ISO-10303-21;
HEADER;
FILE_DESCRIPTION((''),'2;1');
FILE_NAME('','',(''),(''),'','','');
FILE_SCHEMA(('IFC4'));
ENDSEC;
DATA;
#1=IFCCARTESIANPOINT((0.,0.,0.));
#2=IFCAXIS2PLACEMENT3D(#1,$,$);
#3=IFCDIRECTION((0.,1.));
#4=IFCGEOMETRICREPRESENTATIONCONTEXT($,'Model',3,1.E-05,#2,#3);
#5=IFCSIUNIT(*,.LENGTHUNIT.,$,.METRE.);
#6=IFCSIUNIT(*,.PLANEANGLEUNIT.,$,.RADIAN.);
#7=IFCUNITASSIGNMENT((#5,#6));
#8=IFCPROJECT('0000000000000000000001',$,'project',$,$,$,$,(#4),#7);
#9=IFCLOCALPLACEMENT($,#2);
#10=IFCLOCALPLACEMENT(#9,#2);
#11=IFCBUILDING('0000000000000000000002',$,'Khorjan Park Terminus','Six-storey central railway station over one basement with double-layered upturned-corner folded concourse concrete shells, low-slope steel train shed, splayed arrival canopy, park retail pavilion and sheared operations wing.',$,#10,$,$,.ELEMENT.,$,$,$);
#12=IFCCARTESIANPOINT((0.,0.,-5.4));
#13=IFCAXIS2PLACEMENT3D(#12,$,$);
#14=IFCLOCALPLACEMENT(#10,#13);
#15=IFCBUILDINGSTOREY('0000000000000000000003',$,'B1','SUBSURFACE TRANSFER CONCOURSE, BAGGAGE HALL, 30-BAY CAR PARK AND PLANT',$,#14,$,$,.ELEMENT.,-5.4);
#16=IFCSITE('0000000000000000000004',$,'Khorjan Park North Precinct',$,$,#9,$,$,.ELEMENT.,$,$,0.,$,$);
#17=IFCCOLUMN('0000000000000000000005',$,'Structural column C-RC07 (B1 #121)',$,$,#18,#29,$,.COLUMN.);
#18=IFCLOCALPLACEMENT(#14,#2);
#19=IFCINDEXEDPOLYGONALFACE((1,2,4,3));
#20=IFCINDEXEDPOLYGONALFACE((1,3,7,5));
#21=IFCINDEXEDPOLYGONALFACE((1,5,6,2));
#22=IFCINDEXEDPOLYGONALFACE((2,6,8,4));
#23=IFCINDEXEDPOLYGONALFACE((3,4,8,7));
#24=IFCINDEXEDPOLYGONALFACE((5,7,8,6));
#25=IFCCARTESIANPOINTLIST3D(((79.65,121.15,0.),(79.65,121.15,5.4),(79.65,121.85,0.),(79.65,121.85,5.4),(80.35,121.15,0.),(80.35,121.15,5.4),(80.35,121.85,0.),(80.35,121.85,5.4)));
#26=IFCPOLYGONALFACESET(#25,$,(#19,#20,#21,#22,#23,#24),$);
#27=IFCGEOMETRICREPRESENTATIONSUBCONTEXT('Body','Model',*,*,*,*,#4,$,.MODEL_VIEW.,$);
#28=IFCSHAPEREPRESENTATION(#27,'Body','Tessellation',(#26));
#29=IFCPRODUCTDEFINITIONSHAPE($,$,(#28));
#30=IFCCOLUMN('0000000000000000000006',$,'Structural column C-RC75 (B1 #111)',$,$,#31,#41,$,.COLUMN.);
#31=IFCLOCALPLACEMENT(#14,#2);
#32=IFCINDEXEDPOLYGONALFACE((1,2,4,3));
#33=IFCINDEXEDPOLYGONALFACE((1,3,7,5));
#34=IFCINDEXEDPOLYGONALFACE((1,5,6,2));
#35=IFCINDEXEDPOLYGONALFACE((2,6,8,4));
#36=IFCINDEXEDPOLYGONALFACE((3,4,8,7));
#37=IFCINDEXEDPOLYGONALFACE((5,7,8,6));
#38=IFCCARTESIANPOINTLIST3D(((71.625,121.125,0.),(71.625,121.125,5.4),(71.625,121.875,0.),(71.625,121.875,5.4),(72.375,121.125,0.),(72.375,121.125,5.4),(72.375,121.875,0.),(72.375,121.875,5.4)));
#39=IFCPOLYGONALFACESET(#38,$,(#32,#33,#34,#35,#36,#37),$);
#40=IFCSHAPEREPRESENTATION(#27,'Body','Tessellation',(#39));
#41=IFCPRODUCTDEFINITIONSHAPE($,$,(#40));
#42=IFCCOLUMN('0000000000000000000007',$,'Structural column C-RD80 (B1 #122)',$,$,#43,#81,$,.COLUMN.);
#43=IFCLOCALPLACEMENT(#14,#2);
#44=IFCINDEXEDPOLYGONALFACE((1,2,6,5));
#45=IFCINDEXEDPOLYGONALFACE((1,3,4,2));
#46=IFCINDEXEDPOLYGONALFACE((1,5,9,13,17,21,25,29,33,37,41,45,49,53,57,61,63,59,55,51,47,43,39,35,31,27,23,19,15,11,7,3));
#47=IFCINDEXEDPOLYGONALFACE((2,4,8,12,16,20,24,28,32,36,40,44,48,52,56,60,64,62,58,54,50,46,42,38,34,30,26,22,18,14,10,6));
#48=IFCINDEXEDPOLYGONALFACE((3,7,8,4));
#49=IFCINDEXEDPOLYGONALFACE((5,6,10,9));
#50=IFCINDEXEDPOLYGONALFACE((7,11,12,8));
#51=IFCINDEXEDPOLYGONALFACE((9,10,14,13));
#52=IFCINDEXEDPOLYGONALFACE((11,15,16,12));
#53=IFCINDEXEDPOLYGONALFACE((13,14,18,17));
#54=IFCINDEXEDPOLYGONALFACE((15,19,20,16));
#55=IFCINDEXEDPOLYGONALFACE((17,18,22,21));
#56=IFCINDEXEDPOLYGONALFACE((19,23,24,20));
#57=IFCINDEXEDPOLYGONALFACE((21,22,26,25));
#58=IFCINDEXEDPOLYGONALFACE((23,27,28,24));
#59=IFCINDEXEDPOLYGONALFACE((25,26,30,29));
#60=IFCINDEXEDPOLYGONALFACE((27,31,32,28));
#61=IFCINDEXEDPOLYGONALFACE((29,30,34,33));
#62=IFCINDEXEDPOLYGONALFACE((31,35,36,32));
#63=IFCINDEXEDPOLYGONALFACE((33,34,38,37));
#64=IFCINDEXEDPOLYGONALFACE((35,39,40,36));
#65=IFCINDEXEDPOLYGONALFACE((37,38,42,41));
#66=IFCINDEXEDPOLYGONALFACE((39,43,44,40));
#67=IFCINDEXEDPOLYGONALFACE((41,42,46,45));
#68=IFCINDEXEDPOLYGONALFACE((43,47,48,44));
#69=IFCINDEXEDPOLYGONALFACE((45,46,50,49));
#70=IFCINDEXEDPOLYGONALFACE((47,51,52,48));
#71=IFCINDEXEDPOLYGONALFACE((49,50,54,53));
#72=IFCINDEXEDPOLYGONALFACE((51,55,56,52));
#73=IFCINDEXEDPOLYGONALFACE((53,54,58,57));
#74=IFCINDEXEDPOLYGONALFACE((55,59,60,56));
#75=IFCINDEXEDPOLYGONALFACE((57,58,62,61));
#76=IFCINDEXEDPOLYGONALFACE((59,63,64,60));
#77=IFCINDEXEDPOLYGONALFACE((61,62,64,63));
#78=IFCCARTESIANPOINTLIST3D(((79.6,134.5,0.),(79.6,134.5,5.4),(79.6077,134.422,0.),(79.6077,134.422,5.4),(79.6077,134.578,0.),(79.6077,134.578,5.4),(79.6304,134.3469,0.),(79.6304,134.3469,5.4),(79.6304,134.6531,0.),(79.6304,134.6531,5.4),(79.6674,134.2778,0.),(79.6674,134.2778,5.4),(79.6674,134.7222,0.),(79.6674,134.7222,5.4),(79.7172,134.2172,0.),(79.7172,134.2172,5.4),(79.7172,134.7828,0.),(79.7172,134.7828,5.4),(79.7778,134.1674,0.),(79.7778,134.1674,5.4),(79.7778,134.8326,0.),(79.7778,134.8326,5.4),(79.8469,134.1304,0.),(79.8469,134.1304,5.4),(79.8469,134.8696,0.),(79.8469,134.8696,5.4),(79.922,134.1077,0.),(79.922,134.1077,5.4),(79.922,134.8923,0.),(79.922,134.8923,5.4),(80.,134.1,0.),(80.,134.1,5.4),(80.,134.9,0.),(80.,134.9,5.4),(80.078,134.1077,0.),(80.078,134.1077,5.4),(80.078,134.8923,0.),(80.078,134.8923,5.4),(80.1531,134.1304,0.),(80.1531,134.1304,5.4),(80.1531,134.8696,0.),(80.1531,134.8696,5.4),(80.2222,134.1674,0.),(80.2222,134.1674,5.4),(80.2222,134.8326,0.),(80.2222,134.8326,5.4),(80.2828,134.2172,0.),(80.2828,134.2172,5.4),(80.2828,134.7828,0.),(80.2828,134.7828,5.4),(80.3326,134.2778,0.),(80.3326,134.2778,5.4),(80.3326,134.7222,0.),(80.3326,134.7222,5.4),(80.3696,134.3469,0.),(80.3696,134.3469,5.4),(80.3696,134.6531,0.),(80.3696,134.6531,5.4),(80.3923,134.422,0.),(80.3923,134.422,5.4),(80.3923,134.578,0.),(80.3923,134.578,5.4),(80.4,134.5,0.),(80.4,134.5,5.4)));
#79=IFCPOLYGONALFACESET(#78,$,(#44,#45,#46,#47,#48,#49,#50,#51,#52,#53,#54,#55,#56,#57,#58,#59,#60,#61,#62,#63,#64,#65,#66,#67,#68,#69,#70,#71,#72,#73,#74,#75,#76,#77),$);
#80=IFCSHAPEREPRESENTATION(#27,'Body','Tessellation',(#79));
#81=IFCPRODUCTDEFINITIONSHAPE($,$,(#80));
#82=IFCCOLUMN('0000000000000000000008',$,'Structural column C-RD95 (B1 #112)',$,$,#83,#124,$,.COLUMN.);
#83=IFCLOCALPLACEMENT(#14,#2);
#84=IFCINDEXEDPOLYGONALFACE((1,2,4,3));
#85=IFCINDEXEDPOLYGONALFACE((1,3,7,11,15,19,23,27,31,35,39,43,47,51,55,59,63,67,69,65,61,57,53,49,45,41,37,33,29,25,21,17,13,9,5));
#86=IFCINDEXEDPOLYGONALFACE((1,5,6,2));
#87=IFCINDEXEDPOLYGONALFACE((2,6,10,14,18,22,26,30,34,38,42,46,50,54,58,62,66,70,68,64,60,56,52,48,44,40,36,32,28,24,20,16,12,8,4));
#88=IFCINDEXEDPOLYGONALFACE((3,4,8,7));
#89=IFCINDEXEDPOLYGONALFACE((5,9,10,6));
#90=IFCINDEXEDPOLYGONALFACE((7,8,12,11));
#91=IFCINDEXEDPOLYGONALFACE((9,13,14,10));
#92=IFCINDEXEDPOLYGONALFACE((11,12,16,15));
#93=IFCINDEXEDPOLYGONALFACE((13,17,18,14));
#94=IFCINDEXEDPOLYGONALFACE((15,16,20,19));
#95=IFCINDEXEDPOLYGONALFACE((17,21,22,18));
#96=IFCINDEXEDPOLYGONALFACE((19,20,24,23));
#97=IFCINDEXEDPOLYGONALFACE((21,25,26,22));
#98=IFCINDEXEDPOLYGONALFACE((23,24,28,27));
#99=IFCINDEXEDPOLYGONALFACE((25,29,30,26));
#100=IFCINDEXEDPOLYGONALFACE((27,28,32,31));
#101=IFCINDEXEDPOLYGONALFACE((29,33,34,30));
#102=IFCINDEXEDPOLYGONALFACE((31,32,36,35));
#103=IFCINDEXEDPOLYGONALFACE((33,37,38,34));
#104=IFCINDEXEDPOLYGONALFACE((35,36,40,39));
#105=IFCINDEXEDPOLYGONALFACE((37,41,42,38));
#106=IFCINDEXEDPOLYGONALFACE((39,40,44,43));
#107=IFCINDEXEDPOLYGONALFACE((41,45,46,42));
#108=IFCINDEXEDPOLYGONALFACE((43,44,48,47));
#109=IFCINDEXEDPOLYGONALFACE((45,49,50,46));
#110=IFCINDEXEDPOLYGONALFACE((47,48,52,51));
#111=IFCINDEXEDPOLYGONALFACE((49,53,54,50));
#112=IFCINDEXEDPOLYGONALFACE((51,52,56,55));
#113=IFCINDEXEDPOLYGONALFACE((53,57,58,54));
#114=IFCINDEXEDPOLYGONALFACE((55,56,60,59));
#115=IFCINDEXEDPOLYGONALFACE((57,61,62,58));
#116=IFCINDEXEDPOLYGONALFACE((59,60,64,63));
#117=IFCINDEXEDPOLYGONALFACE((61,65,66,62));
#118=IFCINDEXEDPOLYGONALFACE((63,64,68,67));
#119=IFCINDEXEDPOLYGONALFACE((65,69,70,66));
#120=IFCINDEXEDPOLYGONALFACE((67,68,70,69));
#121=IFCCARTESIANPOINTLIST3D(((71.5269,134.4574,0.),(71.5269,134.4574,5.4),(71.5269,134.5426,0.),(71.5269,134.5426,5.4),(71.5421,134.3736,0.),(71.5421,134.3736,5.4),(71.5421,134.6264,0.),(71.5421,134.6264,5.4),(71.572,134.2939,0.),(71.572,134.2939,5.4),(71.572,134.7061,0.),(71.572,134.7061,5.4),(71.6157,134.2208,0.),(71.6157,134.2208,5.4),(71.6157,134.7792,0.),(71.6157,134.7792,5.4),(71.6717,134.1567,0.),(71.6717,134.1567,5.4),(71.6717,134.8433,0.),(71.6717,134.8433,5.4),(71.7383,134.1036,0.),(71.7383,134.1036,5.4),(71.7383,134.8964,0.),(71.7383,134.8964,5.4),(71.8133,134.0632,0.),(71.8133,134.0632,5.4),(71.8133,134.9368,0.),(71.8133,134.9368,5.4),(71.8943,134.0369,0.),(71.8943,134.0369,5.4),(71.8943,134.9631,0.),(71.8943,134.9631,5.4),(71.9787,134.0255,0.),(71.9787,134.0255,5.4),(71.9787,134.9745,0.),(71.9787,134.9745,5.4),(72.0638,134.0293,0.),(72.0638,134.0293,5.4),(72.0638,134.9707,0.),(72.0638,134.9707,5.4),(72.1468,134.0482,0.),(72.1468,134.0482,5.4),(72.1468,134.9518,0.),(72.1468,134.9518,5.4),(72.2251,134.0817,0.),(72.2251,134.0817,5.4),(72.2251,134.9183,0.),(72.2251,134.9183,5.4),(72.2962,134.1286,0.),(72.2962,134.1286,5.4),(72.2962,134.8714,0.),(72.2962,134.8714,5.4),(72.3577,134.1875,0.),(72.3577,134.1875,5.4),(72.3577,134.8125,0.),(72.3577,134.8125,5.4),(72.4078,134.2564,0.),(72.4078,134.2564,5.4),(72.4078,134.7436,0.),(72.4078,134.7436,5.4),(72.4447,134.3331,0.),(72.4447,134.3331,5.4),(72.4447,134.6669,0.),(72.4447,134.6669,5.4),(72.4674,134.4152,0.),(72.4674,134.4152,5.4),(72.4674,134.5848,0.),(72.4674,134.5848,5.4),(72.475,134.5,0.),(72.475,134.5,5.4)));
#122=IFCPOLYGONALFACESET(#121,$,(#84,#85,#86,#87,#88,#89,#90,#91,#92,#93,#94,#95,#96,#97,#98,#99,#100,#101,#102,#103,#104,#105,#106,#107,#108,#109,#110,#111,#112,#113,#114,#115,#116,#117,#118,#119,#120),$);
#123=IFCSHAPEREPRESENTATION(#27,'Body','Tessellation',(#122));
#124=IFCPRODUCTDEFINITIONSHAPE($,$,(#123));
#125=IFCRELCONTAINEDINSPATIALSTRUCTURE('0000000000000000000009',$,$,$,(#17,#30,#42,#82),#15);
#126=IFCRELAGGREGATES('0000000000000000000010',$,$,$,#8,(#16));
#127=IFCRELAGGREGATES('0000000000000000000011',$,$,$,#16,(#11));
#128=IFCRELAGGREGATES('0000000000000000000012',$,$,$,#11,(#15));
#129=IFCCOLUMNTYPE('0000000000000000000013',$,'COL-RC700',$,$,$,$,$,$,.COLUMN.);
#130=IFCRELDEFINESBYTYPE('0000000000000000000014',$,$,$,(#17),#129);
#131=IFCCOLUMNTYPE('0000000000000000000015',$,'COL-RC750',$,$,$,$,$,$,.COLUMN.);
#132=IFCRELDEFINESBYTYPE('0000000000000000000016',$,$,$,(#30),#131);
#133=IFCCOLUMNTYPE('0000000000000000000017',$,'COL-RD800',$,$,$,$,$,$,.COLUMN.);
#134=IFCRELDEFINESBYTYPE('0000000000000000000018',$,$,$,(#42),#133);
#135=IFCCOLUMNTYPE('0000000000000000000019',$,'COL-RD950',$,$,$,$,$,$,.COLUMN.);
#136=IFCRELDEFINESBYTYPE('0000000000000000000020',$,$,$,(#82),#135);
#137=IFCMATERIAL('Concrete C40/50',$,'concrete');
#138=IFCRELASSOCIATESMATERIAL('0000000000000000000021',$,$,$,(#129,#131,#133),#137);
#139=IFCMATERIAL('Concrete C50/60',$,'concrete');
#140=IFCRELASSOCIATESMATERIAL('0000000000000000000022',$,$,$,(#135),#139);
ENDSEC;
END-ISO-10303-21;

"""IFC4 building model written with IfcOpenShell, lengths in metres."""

from ifc_helpers import new_model, si_unit, direction, frame, origin, origin_2d, place, context, subcontext, project, spatial, rectangle, circle, extrude, material, material_profile, profile_set, type_object, element, save


model = new_model("IFC4")

# Units and contexts
model_context = context("Model", 3, precision=1e-05, world=origin(), true_north=direction((0.0, 1.0)))
body_context = subcontext(model_context, "Body", "Model", "MODEL_VIEW")
ifc_project = project(units=[si_unit("LENGTHUNIT", "METRE"), si_unit("PLANEANGLEUNIT", "RADIAN")], contexts=[model_context])

# Site, building, storey
site_placement = place(None, origin())
site = spatial("IfcSite", under=ifc_project, at=site_placement, Name="Khorjan Park North Precinct", CompositionType="ELEMENT", RefElevation=0.0)
building_placement = place(site_placement, origin())
building = spatial("IfcBuilding", under=site, at=building_placement, Name="Khorjan Park Terminus", Description="Six-storey central railway station over one basement with double-layered upturned-corner folded concourse concrete shells, low-slope steel train shed, splayed arrival canopy, park retail pavilion and sheared operations wing.", CompositionType="ELEMENT")
storey_placement = place(building_placement, frame((0.0, 0.0, -5.4)))
storey = spatial("IfcBuildingStorey", under=building, at=storey_placement, Name="B1", Description="SUBSURFACE TRANSFER CONCOURSE, BAGGAGE HALL, 30-BAY CAR PARK AND PLANT", CompositionType="ELEMENT", Elevation=-5.4)

# Shared definitions
ifc_material_1 = material(Name="Concrete C40/50", Category="concrete")

# Columns
ifc_material_profile_1 = material_profile(ifc_material_1, rectangle(XDim=0.7, YDim=0.7, at=origin_2d()), Name="RC 700x700")
ifc_profile_set_1 = profile_set([ifc_material_profile_1], Name="Concrete C40/50")
column_type_1 = type_object("IfcColumnType", Name="COL-RC700", PredefinedType="COLUMN", material=ifc_profile_set_1)
column_1_placement = place(storey_placement, frame((80.0, 121.5, 0.0), z_axis=(0.0, 0.0, 1.0), x_axis=(1.0, 0.0, 0.0)))
element("IfcColumn", 1, at=column_1_placement, inside=storey, type_object=column_type_1, Name="Structural column C-RC07 (B1 #121)", PredefinedType="COLUMN", context=body_context, shape_type="SweptSolid", body=[
    extrude(rectangle(XDim=0.7, YDim=0.7, at=origin_2d()), origin(), (0.0, 0.0, 1.0), 5.4),
])
ifc_material_profile_2 = material_profile(ifc_material_1, rectangle(XDim=0.75, YDim=0.75, at=origin_2d()), Name="RC 750x750")
ifc_profile_set_2 = profile_set([ifc_material_profile_2], Name="Concrete C40/50")
column_type_2 = type_object("IfcColumnType", Name="COL-RC750", PredefinedType="COLUMN", material=ifc_profile_set_2)
column_2_placement = place(storey_placement, frame((72.0, 121.5, 0.0), z_axis=(0.0, 0.0, 1.0), x_axis=(1.0, 0.0, 0.0)))
element("IfcColumn", 2, at=column_2_placement, inside=storey, type_object=column_type_2, Name="Structural column C-RC75 (B1 #111)", PredefinedType="COLUMN", context=body_context, shape_type="SweptSolid", body=[
    extrude(rectangle(XDim=0.75, YDim=0.75, at=origin_2d()), origin(), (0.0, 0.0, 1.0), 5.4),
])
ifc_material_profile_3 = material_profile(ifc_material_1, circle(Radius=0.4, at=origin_2d()), Name="RC D800")
ifc_profile_set_3 = profile_set([ifc_material_profile_3], Name="Concrete C40/50")
column_type_3 = type_object("IfcColumnType", Name="COL-RD800", PredefinedType="COLUMN", material=ifc_profile_set_3)
column_3_placement = place(storey_placement, frame((80.0, 134.5, 0.0), z_axis=(0.0, 0.0, 1.0), x_axis=(1.0, 0.0, 0.0)))
element("IfcColumn", 3, at=column_3_placement, inside=storey, type_object=column_type_3, Name="Structural column C-RD80 (B1 #122)", PredefinedType="COLUMN", context=body_context, shape_type="SweptSolid", body=[
    extrude(circle(Radius=0.4, at=origin_2d()), origin(), (0.0, 0.0, 1.0), 5.4),
])
ifc_material_2 = material(Name="Concrete C50/60", Category="concrete")
ifc_material_profile_4 = material_profile(ifc_material_2, circle(Radius=0.475, at=origin_2d()), Name="RC D950")
ifc_profile_set_4 = profile_set([ifc_material_profile_4], Name="Concrete C50/60")
column_type_4 = type_object("IfcColumnType", Name="COL-RD950", PredefinedType="COLUMN", material=ifc_profile_set_4)
column_4_placement = place(storey_placement, frame((72.0, 134.5, 0.0), z_axis=(0.0, 0.0, 1.0), x_axis=(1.0, 0.0, 0.0)))
element("IfcColumn", 4, at=column_4_placement, inside=storey, type_object=column_type_4, Name="Structural column C-RD95 (B1 #112)", PredefinedType="COLUMN", context=body_context, shape_type="SweptSolid", body=[
    extrude(circle(Radius=0.475, at=origin_2d()), origin(), (0.0, 0.0, 1.0), 5.4),
])

save(model, "model.ifc")
